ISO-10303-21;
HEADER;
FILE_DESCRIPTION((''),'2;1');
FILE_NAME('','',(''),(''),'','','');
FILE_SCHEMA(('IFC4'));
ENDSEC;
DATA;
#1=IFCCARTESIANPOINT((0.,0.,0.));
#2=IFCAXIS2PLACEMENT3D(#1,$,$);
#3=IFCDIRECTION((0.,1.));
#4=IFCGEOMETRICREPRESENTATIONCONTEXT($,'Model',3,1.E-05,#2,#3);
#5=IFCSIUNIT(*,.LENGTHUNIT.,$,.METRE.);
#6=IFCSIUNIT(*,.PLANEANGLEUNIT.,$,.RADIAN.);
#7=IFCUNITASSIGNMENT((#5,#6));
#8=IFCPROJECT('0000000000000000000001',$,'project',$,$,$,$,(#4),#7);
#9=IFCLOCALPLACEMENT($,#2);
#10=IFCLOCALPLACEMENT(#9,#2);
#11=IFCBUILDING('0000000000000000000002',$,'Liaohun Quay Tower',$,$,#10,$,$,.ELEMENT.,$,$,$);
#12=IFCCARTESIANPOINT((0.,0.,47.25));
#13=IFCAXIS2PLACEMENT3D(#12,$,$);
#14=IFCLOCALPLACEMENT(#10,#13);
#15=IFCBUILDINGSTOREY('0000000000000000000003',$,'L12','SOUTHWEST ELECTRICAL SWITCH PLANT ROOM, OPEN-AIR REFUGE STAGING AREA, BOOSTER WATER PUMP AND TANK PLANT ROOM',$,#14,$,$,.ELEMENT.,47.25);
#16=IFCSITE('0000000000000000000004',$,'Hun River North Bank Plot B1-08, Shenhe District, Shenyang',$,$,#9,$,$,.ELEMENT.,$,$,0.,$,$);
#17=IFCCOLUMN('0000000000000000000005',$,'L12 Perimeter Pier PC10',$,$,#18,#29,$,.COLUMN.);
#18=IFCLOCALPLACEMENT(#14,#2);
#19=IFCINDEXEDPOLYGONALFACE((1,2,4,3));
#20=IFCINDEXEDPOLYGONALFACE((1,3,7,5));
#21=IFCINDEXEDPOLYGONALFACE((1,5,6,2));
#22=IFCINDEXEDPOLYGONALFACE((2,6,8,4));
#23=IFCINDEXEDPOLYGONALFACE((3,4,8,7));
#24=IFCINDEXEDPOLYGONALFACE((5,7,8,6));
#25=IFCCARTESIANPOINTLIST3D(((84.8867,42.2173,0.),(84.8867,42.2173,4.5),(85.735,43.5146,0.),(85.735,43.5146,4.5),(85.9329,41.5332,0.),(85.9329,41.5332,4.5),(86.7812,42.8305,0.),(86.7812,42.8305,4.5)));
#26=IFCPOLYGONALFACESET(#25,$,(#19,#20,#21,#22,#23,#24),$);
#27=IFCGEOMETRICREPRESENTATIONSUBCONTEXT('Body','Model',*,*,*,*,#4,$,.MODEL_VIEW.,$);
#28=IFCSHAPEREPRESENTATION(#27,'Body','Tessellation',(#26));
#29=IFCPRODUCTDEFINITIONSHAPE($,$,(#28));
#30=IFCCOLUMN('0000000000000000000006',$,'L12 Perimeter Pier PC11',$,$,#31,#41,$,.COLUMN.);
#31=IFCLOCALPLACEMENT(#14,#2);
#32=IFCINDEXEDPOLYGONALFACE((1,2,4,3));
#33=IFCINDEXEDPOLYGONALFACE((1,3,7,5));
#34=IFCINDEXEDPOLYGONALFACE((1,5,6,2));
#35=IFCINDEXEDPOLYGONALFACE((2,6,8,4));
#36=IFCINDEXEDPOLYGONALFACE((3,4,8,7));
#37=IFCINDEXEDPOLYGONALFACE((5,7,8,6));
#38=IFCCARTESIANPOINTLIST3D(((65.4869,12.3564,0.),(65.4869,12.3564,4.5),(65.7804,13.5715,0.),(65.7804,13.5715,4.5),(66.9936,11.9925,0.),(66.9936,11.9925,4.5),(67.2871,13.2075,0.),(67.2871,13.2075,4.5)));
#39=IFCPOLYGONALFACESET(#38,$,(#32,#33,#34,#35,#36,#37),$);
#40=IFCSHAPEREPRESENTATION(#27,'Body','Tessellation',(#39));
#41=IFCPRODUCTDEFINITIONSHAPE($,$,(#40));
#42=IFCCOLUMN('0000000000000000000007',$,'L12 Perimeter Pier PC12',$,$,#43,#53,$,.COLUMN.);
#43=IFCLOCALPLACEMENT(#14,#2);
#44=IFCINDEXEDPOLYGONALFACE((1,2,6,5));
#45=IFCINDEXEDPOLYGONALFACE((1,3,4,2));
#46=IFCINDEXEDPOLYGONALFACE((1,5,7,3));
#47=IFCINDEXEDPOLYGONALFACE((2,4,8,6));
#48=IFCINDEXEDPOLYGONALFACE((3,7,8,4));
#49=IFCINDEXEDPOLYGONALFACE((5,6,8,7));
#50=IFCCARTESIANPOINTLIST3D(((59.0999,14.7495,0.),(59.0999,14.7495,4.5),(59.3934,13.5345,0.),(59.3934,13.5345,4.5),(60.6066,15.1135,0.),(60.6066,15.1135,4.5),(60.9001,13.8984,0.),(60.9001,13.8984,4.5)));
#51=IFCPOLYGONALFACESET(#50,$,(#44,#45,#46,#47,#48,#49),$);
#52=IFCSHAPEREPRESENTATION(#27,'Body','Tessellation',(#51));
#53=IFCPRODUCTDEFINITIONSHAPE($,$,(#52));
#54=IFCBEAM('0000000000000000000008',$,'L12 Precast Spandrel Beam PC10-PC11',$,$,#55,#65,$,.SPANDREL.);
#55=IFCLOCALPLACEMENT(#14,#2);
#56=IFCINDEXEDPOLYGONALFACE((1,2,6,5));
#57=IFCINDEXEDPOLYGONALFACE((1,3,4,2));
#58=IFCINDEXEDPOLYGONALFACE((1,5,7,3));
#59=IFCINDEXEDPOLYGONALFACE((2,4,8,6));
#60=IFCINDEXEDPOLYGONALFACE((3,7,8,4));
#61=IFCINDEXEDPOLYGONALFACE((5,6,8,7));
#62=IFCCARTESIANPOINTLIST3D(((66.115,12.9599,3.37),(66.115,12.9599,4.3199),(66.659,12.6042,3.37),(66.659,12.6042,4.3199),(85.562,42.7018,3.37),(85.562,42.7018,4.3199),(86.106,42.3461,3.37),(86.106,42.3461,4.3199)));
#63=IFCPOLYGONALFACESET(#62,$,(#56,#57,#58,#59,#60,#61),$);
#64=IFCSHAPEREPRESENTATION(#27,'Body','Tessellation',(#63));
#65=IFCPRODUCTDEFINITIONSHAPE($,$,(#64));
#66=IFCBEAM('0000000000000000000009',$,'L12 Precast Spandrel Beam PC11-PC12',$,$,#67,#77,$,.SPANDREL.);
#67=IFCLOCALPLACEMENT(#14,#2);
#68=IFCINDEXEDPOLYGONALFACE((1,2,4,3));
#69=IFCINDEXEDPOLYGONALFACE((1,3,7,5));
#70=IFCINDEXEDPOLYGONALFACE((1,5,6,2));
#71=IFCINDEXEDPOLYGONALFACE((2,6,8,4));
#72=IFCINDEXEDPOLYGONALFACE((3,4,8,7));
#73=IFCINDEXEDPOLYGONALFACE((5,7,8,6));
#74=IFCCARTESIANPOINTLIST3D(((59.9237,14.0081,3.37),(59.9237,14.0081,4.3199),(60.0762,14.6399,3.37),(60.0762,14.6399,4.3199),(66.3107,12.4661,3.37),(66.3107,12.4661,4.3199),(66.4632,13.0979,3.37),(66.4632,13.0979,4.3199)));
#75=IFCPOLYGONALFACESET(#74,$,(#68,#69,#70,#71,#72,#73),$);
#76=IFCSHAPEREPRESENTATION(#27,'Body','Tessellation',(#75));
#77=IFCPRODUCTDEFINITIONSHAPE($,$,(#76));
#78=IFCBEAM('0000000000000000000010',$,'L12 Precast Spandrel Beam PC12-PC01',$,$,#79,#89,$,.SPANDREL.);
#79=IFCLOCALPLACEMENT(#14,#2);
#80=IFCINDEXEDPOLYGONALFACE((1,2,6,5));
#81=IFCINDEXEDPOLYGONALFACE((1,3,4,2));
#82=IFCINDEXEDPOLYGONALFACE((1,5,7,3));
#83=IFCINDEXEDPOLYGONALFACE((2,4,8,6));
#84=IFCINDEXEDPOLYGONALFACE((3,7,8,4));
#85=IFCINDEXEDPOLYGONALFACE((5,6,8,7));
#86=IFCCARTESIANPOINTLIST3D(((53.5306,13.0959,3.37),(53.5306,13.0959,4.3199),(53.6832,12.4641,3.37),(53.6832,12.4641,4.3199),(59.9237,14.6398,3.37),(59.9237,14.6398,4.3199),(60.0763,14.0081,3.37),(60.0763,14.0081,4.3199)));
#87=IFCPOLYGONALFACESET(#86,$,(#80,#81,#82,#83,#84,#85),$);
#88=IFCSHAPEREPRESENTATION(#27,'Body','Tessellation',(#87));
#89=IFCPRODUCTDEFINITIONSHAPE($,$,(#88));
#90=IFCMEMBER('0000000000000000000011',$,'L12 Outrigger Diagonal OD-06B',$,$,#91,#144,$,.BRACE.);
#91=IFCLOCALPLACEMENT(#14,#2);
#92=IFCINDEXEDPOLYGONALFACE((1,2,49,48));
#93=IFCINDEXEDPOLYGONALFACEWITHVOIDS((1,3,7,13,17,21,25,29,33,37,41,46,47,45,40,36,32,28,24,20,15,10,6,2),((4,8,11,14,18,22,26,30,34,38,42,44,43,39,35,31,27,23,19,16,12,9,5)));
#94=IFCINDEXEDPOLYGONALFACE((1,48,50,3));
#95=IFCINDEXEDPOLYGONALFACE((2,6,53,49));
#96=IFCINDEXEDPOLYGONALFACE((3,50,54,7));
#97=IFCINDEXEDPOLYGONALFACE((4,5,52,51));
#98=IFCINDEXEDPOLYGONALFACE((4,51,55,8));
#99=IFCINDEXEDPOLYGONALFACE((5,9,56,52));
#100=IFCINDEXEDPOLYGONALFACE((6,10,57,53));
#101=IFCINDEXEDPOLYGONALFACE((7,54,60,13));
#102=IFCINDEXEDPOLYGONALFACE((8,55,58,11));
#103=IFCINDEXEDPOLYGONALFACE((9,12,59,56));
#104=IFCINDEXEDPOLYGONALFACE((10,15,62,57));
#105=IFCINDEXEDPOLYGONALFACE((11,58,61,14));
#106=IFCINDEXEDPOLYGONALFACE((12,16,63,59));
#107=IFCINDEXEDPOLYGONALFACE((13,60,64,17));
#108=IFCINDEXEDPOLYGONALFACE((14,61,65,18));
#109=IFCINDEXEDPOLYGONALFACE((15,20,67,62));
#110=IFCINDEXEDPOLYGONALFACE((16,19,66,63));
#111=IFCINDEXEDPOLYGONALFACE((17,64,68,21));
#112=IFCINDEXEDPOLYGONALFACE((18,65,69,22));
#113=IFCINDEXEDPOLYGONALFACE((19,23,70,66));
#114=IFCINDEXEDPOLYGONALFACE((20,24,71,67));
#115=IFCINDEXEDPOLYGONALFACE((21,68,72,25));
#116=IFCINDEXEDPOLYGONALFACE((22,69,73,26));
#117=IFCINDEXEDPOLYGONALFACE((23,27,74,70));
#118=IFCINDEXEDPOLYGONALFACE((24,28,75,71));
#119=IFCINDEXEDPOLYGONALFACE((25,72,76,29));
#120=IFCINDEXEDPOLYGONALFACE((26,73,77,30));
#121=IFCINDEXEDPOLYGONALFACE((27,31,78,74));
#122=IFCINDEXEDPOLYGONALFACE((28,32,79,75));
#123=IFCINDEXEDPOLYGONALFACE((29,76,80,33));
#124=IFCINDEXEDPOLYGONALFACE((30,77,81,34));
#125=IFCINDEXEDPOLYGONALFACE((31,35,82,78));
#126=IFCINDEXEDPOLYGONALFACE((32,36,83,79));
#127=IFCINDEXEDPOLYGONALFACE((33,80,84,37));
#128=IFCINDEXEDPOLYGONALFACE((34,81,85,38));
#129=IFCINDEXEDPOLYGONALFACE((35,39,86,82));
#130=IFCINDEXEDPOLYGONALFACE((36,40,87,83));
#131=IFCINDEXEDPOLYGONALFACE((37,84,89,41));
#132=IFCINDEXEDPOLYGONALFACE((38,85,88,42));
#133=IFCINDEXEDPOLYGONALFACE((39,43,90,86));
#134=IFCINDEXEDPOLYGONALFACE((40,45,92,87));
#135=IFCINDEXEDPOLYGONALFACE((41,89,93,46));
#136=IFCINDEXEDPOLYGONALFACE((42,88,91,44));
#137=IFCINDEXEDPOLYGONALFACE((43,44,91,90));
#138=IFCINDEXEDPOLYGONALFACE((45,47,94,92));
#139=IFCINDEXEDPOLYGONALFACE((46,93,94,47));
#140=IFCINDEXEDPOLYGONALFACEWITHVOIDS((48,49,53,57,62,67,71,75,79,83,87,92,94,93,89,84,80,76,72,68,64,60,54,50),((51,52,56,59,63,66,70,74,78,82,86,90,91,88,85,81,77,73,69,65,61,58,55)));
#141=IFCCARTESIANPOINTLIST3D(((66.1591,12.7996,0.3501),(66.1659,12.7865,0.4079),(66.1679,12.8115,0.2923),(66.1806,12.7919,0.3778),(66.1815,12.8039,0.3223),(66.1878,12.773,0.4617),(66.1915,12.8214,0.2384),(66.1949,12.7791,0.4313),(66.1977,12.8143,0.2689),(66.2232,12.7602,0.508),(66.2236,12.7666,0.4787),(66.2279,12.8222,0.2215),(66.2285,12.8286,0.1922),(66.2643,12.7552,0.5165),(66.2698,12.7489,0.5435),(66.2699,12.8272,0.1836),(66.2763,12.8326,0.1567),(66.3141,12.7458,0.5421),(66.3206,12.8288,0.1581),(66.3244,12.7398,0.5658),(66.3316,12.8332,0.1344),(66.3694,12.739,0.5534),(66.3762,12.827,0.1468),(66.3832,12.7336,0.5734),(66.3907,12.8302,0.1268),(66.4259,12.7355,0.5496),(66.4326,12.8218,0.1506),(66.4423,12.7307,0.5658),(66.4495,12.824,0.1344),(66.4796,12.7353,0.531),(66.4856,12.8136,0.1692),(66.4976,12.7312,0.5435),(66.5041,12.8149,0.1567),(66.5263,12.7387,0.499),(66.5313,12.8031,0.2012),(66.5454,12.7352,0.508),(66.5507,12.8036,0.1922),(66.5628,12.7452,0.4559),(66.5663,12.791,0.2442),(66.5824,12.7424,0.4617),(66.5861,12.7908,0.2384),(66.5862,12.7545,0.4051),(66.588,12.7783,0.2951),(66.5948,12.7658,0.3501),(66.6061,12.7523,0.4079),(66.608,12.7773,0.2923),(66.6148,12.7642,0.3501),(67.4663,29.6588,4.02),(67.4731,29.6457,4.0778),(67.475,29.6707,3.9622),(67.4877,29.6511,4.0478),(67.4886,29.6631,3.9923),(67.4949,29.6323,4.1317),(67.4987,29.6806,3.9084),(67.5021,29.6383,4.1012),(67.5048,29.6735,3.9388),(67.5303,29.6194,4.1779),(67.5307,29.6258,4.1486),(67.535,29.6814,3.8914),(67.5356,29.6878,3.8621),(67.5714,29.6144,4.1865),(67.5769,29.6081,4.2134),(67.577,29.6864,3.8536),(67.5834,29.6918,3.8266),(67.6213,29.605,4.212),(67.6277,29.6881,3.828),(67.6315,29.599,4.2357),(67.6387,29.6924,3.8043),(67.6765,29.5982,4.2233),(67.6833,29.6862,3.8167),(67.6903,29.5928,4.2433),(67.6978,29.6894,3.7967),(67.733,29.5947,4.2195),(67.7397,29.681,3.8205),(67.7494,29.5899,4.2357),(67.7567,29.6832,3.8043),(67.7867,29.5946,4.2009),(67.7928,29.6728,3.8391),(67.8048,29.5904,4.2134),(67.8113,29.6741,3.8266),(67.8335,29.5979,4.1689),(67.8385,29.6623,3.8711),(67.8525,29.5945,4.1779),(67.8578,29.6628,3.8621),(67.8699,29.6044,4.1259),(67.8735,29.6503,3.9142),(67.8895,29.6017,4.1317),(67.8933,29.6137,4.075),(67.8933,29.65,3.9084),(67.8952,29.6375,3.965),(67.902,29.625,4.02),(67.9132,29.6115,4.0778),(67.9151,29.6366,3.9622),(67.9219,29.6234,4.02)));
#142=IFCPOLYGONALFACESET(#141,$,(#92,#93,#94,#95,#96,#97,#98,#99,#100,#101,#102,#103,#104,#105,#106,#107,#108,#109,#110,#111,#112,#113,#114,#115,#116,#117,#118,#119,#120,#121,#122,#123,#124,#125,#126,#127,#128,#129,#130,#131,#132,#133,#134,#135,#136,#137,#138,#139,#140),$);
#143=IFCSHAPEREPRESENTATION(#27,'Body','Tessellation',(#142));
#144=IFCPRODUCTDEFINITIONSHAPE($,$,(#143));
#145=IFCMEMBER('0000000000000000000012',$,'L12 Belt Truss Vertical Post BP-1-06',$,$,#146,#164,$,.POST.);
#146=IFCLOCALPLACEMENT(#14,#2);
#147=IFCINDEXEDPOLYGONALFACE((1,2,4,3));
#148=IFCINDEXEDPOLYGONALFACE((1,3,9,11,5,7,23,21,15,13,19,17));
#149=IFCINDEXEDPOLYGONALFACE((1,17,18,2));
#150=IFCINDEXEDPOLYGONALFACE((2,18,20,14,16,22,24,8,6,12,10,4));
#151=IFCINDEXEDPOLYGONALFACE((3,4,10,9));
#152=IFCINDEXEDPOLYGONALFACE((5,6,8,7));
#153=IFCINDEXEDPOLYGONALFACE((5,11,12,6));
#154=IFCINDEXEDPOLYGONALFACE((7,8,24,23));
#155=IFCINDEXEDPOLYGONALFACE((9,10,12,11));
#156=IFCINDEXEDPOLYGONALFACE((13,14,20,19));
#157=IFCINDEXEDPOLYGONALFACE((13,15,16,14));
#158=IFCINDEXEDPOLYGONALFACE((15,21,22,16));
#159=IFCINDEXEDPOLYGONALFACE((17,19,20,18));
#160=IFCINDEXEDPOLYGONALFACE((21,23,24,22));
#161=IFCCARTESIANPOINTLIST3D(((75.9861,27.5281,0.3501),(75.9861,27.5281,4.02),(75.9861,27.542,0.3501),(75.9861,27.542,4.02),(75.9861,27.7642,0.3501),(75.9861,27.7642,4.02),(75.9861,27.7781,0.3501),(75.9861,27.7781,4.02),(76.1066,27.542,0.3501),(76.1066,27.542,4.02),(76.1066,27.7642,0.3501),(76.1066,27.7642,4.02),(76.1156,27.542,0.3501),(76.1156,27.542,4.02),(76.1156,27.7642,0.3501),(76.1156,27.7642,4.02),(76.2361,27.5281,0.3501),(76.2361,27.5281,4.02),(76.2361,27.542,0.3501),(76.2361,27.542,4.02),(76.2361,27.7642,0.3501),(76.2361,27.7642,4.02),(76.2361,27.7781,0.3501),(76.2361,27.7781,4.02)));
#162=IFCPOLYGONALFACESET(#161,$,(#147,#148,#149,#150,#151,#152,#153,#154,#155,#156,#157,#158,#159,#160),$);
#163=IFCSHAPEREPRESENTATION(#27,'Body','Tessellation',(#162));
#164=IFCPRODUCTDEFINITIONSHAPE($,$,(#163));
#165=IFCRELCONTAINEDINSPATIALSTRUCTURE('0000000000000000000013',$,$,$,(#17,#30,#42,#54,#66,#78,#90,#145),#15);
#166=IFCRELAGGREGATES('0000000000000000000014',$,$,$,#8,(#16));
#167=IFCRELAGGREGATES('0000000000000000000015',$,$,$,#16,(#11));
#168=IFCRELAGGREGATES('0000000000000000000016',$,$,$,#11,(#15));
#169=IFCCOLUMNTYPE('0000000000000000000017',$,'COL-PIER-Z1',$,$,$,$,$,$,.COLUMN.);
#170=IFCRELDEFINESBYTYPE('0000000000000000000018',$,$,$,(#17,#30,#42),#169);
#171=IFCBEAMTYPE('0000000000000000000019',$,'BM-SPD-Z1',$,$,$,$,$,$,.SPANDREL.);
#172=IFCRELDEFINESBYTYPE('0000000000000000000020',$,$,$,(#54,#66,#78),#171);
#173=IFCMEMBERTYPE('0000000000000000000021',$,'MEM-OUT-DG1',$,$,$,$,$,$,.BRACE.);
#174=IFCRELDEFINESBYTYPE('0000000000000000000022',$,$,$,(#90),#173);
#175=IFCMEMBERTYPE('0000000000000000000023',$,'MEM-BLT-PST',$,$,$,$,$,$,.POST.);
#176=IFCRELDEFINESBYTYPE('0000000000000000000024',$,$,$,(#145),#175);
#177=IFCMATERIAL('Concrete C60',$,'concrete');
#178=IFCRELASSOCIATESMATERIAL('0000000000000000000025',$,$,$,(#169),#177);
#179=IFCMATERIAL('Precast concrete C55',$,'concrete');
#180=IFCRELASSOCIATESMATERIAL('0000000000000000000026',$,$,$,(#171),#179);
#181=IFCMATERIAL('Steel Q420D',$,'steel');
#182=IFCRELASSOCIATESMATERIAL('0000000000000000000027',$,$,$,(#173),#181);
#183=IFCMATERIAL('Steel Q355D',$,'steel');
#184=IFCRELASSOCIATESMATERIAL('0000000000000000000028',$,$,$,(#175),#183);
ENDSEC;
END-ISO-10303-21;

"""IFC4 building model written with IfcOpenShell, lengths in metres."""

from ifc_helpers import new_model, si_unit, direction, frame, origin, origin_2d, place, context, subcontext, project, spatial, rectangle, hollow_circle, i_section, extrude, source, transform, mapped, material, material_profile, profile_set, type_object, element, save


model = new_model("IFC4")

# Units and contexts
model_context = context("Model", 3, precision=1e-05, world=origin(), true_north=direction((0.0, 1.0)))
body_context = subcontext(model_context, "Body", "Model", "MODEL_VIEW")
ifc_project = project(units=[si_unit("LENGTHUNIT", "METRE"), si_unit("PLANEANGLEUNIT", "RADIAN")], contexts=[model_context])

# Site, building, storey
site_placement = place(None, origin())
site = spatial("IfcSite", under=ifc_project, at=site_placement, Name="Hun River North Bank Plot B1-08, Shenhe District, Shenyang", CompositionType="ELEMENT", RefElevation=0.0)
building_placement = place(site_placement, origin())
building = spatial("IfcBuilding", under=site, at=building_placement, Name="Liaohun Quay Tower", CompositionType="ELEMENT")
storey_placement = place(building_placement, frame((0.0, 0.0, 47.25)))
storey = spatial("IfcBuildingStorey", under=building, at=storey_placement, Name="L12", Description="SOUTHWEST ELECTRICAL SWITCH PLANT ROOM, OPEN-AIR REFUGE STAGING AREA, BOOSTER WATER PUMP AND TANK PLANT ROOM", CompositionType="ELEMENT", Elevation=47.25)

# Columns
ifc_material_1 = material(Name="Concrete C60", Category="concrete")
ifc_material_profile_1 = material_profile(ifc_material_1, rectangle(XDim=1.55, YDim=1.25, at=origin_2d()), Name="RC1550x1250")
ifc_profile_set_1 = profile_set([ifc_material_profile_1], Name="Concrete C60")
column_type = type_object("IfcColumnType", Name="COL-PIER-Z1", PredefinedType="COLUMN", material=ifc_profile_set_1)
shared_shape_1 = source(origin(), body_context, "Body", "SweptSolid", [
    extrude(rectangle(XDim=1.55, YDim=1.25, at=origin_2d()), origin(), (0.0, 0.0, 1.0), 4.5),
])
for number, where, z_axis, x_axis, name in (
    (1, (85.834, 42.5239, 0.0), (0.0, 0.0, 1.0), (0.547271, 0.836955, 0.0), "L12 Perimeter Pier PC10"),
    (2, (66.387, 12.782, 0.0), (0.0, 0.0, 1.0), (-0.972043, 0.234803, 0.0), "L12 Perimeter Pier PC11"),
    (3, (60.0, 14.324, 0.0), (0.0, 0.0, 1.0), (0.972043, 0.234803, 0.0), "L12 Perimeter Pier PC12"),
):
    element("IfcColumn", number, at=place(storey_placement, frame(where, z_axis=z_axis, x_axis=x_axis)), inside=storey, type_object=column_type, Name=name, PredefinedType="COLUMN", context=body_context, shape_type="MappedRepresentation", body=[
        mapped(shared_shape_1, transform((0.0, 0.0, 0.0), x_axis=(1.0, 0.0, 0.0), y_axis=(0.0, 1.0, 0.0), z_axis=(0.0, 0.0, 1.0), scale=1.0)),
    ])

# Beams
ifc_material_2 = material(Name="Precast concrete C55", Category="concrete")
ifc_material_profile_2 = material_profile(ifc_material_2, rectangle(XDim=0.6499, YDim=0.95, at=origin_2d()), Name="RC650x950")
ifc_profile_set_2 = profile_set([ifc_material_profile_2], Name="Precast concrete C55")
beam_type = type_object("IfcBeamType", Name="BM-SPD-Z1", PredefinedType="SPANDREL", material=ifc_profile_set_2)
shared_shape_2 = source(origin(), body_context, "Body", "SweptSolid", [
    extrude(rectangle(XDim=0.6499, YDim=0.95, at=origin_2d()), origin(), (0.0, 0.0, 1.0), 35.5354),
])
beam_1_placement = place(storey_placement, frame((85.834, 42.5239, 3.845), z_axis=(-0.547257, -0.836965, 0.0), x_axis=(0.836965, -0.547257, 0.0)))
element("IfcBeam", 4, at=beam_1_placement, inside=storey, type_object=beam_type, Name="L12 Precast Spandrel Beam PC10-PC11", PredefinedType="SPANDREL", context=body_context, shape_type="MappedRepresentation", body=[
    mapped(shared_shape_2, transform((0.0, 0.0, 0.0), x_axis=(1.0, 0.0, 0.0), y_axis=(0.0, 1.0, 0.0), z_axis=(0.0, 0.0, 1.0), scale=1.0)),
])
shared_shape_3 = source(origin(), body_context, "Body", "SweptSolid", [
    extrude(rectangle(XDim=0.6499, YDim=0.95, at=origin_2d()), origin(), (0.0, 0.0, 1.0), 6.5706),
])
beam_2_placement = place(storey_placement, frame((66.387, 12.782, 3.845), z_axis=(-0.972071, 0.234685, 0.0), x_axis=(-0.234685, -0.972071, 0.0)))
element("IfcBeam", 5, at=beam_2_placement, inside=storey, type_object=beam_type, Name="L12 Precast Spandrel Beam PC11-PC12", PredefinedType="SPANDREL", context=body_context, shape_type="MappedRepresentation", body=[
    mapped(shared_shape_3, transform((0.0, 0.0, 0.0), x_axis=(1.0, 0.0, 0.0), y_axis=(0.0, 1.0, 0.0), z_axis=(0.0, 0.0, 1.0), scale=1.0)),
])
shared_shape_4 = source(origin(), body_context, "Body", "SweptSolid", [
    extrude(rectangle(XDim=0.6499, YDim=0.95, at=origin_2d()), origin(), (0.0, 0.0, 1.0), 6.5769),
])
beam_3_placement = place(storey_placement, frame((60.0, 14.324, 3.845), z_axis=(-0.972055, -0.234754, 0.0), x_axis=(0.234754, -0.972055, 0.0)))
element("IfcBeam", 6, at=beam_3_placement, inside=storey, type_object=beam_type, Name="L12 Precast Spandrel Beam PC12-PC01", PredefinedType="SPANDREL", context=body_context, shape_type="MappedRepresentation", body=[
    mapped(shared_shape_4, transform((0.0, 0.0, 0.0), x_axis=(1.0, 0.0, 0.0), y_axis=(0.0, 1.0, 0.0), z_axis=(0.0, 0.0, 1.0), scale=1.0)),
])

# Members
ifc_material_3 = material(Name="Steel Q420D", Category="steel")
ifc_material_profile_3 = material_profile(ifc_material_3, hollow_circle(Radius=0.2285, WallThickness=0.02, at=origin_2d()), Name="CHS457x20")
ifc_profile_set_3 = profile_set([ifc_material_profile_3], Name="Steel Q420D")
member_type_1 = type_object("IfcMemberType", Name="MEM-OUT-DG1", PredefinedType="BRACE", material=ifc_profile_set_3)
shared_shape_5 = source(origin(), body_context, "Body", "SweptSolid", [
    extrude(hollow_circle(Radius=0.2285, WallThickness=0.02, at=origin_2d()), origin(), (0.0, 0.0, 1.0), 17.3035),
])
member_1_placement = place(storey_placement, frame((67.6941, 29.6411, 4.02), z_axis=(-0.075542, -0.974325, -0.212093), x_axis=(0.997008, -0.0773, 0.0)))
element("IfcMember", 7, at=member_1_placement, inside=storey, type_object=member_type_1, Name="L12 Outrigger Diagonal OD-06B", PredefinedType="BRACE", context=body_context, shape_type="MappedRepresentation", body=[
    mapped(shared_shape_5, transform((0.0, 0.0, 0.0), x_axis=(1.0, 0.0, 0.0), y_axis=(0.0, 1.0, 0.0), z_axis=(0.0, 0.0, 1.0), scale=1.0)),
])
ifc_material_4 = material(Name="Steel Q355D", Category="steel")
ifc_material_profile_4 = material_profile(ifc_material_4, i_section(OverallWidth=0.25, OverallDepth=0.25, WebThickness=0.009, FlangeThickness=0.0139, at=origin_2d()), Name="HW250x250x9x14")
ifc_profile_set_4 = profile_set([ifc_material_profile_4], Name="Steel Q355D")
member_type_2 = type_object("IfcMemberType", Name="MEM-BLT-PST", PredefinedType="POST", material=ifc_profile_set_4)
shared_shape_6 = source(origin(), body_context, "Body", "SweptSolid", [
    extrude(i_section(OverallWidth=0.25, OverallDepth=0.25, WebThickness=0.009, FlangeThickness=0.0139, at=origin_2d()), origin(), (0.0, 0.0, 1.0), 3.6699),
])
member_2_placement = place(storey_placement, frame((76.1111, 27.6531, 0.3501), z_axis=(0.0, 0.0, 1.0), x_axis=(1.0, 0.0, 0.0)))
element("IfcMember", 8, at=member_2_placement, inside=storey, type_object=member_type_2, Name="L12 Belt Truss Vertical Post BP-1-06", PredefinedType="POST", context=body_context, shape_type="MappedRepresentation", body=[
    mapped(shared_shape_6, transform((0.0, 0.0, 0.0), x_axis=(1.0, 0.0, 0.0), y_axis=(0.0, 1.0, 0.0), z_axis=(0.0, 0.0, 1.0), scale=1.0)),
])

save(model, "model.ifc")
